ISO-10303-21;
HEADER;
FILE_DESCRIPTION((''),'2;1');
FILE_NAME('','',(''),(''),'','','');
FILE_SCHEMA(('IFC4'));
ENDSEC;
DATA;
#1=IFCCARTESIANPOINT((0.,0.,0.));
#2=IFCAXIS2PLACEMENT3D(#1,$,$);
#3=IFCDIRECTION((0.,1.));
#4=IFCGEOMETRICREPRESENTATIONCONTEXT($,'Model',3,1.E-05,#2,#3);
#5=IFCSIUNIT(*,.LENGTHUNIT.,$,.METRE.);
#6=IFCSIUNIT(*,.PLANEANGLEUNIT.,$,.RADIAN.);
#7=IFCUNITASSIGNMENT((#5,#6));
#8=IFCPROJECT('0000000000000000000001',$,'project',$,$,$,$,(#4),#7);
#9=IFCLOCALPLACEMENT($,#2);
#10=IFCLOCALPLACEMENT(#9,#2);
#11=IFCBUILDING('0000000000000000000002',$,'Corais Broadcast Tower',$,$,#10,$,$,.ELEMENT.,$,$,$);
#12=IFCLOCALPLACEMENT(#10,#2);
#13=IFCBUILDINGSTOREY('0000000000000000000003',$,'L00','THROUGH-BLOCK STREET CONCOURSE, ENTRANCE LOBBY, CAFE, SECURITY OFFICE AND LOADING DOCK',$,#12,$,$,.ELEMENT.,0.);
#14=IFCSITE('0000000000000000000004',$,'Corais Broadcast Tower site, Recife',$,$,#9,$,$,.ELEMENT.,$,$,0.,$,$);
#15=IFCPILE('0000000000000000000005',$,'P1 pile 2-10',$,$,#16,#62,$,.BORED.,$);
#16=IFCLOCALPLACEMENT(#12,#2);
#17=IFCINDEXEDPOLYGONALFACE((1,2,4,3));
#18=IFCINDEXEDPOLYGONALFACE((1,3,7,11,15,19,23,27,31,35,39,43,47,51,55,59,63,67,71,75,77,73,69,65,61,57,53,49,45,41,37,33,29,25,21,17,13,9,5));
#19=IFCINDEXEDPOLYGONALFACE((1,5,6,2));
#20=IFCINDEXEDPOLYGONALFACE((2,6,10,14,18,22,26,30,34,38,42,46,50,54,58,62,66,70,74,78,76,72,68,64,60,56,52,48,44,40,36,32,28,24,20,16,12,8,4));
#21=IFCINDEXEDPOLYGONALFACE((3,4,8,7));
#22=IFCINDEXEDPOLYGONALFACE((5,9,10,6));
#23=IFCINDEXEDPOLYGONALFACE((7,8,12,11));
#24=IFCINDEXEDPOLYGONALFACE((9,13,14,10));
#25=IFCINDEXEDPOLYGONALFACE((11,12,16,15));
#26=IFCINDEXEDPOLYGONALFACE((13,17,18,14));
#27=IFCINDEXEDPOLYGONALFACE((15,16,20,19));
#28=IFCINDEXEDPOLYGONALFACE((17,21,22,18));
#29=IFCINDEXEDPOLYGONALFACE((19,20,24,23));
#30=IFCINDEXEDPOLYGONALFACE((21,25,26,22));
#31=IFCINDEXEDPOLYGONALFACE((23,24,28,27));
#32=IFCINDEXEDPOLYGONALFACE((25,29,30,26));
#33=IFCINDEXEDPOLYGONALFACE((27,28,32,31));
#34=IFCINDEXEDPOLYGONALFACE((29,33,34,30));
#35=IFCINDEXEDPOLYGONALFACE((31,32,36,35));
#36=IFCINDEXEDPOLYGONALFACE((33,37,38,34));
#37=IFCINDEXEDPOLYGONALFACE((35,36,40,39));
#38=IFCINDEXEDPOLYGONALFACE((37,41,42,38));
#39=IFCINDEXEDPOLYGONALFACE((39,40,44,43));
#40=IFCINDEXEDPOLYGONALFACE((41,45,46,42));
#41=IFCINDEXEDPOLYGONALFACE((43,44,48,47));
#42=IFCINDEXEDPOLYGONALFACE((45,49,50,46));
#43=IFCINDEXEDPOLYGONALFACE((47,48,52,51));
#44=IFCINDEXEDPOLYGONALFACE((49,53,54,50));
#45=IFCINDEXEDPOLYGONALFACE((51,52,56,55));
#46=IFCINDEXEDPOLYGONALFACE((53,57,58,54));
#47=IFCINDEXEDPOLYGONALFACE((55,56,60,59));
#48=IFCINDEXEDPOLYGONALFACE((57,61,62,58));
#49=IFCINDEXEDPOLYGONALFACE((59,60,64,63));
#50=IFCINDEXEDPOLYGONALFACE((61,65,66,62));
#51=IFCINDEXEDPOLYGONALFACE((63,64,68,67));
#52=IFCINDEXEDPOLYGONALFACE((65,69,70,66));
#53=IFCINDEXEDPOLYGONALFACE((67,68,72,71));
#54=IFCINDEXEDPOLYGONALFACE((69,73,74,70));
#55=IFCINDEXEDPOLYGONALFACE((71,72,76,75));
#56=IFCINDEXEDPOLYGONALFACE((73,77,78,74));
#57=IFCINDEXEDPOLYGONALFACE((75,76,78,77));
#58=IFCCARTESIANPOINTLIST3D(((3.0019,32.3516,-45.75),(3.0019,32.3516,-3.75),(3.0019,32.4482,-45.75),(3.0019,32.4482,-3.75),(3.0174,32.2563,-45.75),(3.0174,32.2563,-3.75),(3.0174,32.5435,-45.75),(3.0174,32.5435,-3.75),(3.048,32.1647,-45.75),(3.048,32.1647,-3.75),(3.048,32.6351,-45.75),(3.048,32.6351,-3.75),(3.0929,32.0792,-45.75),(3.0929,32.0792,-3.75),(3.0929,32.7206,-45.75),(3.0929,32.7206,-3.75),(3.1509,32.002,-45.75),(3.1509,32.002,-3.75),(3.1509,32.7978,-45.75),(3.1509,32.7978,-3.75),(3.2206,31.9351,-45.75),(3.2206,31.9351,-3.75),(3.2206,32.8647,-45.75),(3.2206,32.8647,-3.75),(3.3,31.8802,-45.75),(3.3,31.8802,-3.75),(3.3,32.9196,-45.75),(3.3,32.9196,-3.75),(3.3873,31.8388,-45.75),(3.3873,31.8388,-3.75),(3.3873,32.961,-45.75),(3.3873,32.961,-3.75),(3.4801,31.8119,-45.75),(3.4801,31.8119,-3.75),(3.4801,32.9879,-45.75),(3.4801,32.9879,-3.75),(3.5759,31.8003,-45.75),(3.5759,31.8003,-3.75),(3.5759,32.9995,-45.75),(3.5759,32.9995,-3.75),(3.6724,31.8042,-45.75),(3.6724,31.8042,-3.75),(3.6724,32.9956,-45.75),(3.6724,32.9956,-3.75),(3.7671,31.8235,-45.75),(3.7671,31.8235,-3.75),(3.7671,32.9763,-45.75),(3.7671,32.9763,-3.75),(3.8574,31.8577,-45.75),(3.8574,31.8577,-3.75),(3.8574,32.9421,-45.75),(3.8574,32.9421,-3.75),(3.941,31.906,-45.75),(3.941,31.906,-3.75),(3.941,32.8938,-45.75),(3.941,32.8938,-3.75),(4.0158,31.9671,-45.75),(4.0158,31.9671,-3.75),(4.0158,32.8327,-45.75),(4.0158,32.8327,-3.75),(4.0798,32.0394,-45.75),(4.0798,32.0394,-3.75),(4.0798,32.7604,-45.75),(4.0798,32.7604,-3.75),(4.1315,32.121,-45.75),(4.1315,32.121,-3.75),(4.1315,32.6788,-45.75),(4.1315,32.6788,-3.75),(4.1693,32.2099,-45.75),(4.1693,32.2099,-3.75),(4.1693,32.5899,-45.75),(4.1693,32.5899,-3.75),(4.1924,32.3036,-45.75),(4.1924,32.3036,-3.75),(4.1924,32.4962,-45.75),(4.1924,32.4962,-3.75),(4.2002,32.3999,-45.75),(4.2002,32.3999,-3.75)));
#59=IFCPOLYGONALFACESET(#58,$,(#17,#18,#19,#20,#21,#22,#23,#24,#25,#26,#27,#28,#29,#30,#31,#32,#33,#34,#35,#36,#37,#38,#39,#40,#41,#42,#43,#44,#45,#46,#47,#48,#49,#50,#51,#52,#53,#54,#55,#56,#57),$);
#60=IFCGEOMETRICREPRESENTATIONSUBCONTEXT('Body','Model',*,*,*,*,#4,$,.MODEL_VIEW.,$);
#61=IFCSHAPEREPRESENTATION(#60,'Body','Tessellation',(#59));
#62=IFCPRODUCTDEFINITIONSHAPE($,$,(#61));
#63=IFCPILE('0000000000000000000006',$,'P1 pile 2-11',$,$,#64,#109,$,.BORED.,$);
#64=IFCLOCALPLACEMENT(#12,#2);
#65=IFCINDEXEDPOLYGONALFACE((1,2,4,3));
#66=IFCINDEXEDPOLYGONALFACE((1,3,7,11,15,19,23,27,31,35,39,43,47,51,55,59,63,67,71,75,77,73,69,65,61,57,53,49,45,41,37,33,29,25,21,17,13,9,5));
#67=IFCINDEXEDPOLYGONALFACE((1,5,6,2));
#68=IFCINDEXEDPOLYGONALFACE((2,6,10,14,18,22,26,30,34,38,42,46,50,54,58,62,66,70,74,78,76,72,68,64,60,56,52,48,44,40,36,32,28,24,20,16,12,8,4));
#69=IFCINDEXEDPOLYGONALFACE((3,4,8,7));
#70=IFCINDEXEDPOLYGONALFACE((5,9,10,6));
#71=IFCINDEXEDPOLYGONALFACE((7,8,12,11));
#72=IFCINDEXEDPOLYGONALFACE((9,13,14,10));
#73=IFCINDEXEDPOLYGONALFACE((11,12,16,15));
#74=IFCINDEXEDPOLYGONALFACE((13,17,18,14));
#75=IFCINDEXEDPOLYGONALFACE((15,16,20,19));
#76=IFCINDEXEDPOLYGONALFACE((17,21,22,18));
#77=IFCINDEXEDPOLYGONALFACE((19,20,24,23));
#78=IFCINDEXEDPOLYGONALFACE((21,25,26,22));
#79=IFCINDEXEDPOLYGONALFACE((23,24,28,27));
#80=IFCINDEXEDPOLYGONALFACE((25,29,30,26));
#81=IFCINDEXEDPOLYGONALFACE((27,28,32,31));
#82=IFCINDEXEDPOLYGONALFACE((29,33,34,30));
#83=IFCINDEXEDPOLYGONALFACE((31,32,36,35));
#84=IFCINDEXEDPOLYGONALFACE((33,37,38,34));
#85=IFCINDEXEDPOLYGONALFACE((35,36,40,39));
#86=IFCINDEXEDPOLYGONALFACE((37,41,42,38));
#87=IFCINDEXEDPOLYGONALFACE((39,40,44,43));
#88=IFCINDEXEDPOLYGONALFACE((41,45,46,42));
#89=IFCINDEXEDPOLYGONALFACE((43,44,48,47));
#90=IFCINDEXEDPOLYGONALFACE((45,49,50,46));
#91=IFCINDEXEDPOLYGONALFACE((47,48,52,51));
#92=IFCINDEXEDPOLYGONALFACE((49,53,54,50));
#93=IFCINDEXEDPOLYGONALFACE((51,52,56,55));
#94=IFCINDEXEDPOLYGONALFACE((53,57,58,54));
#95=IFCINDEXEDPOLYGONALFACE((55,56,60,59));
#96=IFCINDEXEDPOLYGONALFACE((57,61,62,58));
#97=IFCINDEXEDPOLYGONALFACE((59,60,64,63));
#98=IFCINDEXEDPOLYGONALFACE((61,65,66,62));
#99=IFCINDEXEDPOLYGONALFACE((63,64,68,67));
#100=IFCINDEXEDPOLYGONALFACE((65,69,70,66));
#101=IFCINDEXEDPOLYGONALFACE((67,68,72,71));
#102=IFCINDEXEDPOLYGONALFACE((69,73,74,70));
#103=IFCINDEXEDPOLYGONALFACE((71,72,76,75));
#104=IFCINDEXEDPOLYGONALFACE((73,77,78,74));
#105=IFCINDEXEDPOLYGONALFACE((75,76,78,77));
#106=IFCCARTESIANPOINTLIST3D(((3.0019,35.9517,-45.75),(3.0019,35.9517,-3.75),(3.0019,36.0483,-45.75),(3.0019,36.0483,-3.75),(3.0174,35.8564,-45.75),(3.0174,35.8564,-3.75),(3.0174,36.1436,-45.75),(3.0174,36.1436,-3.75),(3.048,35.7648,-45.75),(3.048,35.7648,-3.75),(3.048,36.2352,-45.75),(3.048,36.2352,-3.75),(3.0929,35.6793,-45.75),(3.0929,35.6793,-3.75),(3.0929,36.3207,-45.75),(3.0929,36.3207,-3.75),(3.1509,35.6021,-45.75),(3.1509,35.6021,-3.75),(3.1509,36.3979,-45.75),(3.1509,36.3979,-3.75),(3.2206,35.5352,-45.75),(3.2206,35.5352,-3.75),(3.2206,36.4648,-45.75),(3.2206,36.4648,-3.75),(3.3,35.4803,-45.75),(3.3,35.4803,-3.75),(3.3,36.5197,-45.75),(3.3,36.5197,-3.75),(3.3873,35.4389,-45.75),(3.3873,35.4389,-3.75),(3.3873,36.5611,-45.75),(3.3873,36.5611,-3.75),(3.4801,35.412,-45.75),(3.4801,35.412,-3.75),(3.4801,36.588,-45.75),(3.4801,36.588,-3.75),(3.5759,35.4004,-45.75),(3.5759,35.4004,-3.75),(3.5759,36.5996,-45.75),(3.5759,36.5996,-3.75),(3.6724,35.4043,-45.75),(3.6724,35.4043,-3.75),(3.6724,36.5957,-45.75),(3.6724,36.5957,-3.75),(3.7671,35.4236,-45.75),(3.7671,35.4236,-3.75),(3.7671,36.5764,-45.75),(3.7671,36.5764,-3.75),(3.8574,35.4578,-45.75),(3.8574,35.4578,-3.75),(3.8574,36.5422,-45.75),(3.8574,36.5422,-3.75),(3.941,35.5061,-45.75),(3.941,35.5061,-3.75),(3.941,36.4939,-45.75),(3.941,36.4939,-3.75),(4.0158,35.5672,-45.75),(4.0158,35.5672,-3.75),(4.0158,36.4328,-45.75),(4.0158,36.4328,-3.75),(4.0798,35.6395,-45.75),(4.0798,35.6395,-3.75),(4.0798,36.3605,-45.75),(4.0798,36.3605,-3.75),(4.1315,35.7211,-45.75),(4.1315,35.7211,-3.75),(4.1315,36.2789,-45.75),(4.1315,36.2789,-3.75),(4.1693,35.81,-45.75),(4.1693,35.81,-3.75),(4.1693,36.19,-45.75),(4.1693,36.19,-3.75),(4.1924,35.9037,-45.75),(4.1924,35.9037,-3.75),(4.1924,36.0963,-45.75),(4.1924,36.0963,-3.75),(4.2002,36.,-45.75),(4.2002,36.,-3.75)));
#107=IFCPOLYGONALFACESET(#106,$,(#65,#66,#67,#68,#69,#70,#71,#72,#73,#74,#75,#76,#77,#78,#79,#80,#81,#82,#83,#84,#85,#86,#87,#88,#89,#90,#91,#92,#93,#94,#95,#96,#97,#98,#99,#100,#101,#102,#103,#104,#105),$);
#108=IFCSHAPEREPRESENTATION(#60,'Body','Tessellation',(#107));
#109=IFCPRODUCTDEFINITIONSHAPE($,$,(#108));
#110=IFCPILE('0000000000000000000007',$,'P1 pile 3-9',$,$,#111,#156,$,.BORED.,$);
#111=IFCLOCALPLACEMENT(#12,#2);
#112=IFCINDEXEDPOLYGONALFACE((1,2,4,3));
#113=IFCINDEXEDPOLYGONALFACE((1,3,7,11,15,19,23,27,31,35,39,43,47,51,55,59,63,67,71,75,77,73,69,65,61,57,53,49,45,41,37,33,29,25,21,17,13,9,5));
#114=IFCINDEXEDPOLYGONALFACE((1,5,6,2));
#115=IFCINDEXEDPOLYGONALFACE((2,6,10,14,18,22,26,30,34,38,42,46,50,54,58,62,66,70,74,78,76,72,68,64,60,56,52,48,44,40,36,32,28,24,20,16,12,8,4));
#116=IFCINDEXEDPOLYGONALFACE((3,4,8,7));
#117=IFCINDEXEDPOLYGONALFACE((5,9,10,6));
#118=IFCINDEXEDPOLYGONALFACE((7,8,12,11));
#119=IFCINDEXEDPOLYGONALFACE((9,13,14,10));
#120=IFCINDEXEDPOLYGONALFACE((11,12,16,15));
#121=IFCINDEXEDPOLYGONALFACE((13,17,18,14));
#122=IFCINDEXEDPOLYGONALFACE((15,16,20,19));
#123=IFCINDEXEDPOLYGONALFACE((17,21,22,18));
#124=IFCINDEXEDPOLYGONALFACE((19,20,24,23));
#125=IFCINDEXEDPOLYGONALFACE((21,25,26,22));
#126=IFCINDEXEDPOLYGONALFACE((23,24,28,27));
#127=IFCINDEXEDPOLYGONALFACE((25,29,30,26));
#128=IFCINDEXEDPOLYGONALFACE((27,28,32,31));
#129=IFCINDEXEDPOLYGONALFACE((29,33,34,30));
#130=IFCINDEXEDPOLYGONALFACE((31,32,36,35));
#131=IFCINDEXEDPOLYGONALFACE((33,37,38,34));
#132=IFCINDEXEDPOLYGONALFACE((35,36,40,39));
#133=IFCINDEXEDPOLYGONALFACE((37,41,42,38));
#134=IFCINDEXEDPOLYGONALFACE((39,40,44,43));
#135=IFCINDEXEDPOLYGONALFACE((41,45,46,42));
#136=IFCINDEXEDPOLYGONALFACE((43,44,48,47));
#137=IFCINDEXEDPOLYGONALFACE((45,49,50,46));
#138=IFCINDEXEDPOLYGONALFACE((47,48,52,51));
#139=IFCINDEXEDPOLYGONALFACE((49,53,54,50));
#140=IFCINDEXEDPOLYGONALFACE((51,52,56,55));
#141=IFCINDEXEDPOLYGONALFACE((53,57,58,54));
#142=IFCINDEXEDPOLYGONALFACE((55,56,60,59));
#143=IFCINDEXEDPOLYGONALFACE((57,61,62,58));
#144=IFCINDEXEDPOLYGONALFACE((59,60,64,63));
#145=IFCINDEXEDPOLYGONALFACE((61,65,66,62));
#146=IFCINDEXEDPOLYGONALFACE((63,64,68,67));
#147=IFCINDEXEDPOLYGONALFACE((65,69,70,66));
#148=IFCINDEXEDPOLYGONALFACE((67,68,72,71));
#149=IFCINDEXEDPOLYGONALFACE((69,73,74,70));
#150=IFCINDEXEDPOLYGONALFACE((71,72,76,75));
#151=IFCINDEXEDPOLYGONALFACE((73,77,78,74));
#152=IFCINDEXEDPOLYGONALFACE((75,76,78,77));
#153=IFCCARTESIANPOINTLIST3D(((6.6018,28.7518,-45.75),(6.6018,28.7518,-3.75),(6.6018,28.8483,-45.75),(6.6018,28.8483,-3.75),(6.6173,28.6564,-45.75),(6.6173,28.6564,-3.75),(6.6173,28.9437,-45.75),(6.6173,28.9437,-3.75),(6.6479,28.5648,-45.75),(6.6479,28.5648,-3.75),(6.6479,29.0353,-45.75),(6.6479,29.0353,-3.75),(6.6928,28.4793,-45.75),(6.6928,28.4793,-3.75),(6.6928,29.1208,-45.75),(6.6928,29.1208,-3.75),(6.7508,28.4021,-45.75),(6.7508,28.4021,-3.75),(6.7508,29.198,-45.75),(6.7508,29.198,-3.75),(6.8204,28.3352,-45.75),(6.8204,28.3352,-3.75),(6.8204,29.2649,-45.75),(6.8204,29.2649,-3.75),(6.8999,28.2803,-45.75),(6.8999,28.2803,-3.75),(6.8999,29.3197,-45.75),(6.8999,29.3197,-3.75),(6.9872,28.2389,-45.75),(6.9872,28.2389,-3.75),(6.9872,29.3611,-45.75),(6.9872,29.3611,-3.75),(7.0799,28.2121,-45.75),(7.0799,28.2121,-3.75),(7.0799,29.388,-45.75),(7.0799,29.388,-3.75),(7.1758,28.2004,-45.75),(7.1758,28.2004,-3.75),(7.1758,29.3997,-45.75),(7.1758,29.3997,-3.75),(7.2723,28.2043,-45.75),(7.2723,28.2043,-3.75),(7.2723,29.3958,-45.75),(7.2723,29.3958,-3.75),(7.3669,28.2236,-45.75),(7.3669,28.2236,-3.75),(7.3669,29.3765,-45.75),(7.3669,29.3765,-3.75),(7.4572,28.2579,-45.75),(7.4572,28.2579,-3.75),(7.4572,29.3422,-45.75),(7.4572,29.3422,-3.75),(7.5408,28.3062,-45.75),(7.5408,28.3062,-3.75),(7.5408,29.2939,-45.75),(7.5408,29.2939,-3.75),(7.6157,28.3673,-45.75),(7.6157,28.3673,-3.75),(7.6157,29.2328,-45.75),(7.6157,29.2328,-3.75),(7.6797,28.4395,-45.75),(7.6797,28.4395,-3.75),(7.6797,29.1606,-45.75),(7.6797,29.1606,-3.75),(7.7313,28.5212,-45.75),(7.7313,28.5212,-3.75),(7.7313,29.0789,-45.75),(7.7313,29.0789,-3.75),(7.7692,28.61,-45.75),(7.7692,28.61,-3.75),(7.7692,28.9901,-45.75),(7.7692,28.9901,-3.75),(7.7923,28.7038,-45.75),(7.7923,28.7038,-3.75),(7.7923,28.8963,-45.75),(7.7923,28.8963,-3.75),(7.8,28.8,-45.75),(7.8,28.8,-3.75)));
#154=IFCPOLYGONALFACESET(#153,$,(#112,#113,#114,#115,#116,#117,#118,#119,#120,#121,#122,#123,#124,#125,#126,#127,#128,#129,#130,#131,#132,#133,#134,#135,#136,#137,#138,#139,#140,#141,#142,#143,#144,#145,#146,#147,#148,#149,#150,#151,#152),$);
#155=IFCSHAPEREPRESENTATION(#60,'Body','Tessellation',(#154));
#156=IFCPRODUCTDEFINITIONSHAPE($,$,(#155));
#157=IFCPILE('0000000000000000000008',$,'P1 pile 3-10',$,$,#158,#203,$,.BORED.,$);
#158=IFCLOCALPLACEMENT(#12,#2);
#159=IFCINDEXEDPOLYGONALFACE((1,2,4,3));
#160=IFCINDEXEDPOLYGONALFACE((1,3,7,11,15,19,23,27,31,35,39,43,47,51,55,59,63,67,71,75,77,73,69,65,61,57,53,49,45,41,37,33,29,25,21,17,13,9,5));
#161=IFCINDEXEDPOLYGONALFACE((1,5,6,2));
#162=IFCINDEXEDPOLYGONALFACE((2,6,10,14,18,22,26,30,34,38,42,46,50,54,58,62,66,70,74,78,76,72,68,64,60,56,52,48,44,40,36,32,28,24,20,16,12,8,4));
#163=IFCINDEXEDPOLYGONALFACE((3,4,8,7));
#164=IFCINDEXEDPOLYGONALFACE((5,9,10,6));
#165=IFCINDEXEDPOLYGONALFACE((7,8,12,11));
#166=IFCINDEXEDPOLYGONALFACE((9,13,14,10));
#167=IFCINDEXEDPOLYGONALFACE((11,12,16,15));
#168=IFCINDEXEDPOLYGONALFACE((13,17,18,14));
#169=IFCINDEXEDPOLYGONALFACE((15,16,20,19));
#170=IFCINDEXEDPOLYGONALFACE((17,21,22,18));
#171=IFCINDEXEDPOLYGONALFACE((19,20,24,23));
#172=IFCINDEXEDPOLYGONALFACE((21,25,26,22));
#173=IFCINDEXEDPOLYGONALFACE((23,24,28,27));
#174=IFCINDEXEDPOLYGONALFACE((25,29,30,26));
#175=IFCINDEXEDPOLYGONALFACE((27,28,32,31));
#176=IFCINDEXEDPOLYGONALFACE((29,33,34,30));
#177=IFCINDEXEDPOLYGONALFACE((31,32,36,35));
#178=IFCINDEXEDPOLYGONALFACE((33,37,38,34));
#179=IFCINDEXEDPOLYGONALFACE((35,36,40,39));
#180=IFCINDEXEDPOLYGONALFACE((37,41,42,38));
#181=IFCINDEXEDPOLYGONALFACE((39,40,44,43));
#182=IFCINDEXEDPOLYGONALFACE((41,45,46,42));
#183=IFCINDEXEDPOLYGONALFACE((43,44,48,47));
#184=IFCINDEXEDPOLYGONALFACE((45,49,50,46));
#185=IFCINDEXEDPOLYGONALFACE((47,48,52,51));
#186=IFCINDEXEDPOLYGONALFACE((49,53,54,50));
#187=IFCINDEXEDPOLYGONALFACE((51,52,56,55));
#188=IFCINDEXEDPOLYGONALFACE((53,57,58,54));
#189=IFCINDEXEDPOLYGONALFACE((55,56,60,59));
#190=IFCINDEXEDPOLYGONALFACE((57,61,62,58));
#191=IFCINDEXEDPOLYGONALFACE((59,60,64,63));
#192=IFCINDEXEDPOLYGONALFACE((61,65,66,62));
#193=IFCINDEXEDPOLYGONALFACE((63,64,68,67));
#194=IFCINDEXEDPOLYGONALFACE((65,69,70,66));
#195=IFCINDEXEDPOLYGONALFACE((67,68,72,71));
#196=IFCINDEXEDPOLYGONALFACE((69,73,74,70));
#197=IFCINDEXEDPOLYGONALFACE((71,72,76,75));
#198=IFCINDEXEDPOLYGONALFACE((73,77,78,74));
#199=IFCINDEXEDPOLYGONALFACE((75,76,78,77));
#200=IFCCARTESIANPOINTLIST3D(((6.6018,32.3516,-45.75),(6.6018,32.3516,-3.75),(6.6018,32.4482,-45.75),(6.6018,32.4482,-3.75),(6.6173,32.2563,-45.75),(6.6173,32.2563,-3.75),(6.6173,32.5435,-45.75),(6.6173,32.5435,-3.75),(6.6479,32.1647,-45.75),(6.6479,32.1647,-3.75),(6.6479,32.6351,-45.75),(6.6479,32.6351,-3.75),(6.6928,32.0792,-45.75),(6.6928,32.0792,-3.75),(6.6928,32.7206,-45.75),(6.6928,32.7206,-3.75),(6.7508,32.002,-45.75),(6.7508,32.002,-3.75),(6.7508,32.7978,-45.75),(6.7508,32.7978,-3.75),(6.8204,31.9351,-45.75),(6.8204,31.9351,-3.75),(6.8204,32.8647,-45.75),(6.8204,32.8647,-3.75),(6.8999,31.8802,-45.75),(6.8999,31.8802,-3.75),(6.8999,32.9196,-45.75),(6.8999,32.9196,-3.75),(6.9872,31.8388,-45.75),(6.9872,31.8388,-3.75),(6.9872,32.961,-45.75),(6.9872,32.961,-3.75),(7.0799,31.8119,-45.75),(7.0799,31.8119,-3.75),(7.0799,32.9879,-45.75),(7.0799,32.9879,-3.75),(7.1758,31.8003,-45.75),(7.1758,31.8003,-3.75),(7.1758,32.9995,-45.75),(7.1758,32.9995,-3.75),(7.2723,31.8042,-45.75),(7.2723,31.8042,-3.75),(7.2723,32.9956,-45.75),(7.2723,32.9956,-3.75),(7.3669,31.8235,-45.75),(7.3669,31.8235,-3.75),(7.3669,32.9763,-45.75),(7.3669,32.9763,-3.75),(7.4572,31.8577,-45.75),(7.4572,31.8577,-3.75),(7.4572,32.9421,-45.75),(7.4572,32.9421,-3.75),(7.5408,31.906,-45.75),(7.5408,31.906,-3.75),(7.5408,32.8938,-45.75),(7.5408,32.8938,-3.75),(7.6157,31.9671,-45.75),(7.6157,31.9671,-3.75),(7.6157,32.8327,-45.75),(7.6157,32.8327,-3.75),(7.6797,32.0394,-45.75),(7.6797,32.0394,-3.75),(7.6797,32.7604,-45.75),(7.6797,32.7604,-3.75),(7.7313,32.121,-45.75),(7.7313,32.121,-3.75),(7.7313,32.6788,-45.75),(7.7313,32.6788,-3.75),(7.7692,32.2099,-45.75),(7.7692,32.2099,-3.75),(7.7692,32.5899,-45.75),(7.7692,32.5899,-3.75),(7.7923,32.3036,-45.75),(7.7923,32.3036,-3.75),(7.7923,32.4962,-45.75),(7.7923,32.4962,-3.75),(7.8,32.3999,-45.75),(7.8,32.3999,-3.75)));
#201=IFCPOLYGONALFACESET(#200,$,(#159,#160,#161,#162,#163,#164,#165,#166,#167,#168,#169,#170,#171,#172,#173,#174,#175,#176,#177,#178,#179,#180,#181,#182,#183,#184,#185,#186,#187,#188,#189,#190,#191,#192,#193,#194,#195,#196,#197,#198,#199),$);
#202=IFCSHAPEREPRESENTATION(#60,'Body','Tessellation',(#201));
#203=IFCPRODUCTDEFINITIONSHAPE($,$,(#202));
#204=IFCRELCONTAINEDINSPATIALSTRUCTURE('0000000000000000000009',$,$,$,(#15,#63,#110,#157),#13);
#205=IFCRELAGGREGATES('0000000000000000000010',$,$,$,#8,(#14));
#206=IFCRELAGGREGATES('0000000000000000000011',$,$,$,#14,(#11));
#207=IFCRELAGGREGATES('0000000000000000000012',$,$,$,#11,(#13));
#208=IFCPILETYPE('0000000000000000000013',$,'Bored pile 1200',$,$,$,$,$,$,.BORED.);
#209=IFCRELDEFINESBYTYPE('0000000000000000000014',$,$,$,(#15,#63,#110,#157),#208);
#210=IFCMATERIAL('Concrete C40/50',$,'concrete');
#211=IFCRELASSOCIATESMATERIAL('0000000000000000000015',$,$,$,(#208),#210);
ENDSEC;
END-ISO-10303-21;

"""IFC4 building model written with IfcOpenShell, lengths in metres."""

from ifc_helpers import new_model, si_unit, direction, frame, origin, origin_2d, place, context, subcontext, project, spatial, circle, extrude, material, type_object, element, save


model = new_model("IFC4")

# Units and contexts
model_context = context("Model", 3, precision=1e-05, world=origin(), true_north=direction((0.0, 1.0)))
body_context = subcontext(model_context, "Body", "Model", "MODEL_VIEW")
ifc_project = project(units=[si_unit("LENGTHUNIT", "METRE"), si_unit("PLANEANGLEUNIT", "RADIAN")], contexts=[model_context])

# Site, building, storey
site_placement = place(None, origin())
site = spatial("IfcSite", under=ifc_project, at=site_placement, Name="Corais Broadcast Tower site, Recife", CompositionType="ELEMENT", RefElevation=0.0)
building_placement = place(site_placement, origin())
building = spatial("IfcBuilding", under=site, at=building_placement, Name="Corais Broadcast Tower", CompositionType="ELEMENT")
storey_placement = place(building_placement, origin())
storey = spatial("IfcBuildingStorey", under=building, at=storey_placement, Name="L00", Description="THROUGH-BLOCK STREET CONCOURSE, ENTRANCE LOBBY, CAFE, SECURITY OFFICE AND LOADING DOCK", CompositionType="ELEMENT", Elevation=0.0)

# Piles
ifc_material_1 = material(Name="Concrete C40/50", Category="concrete")
pile_type = type_object("IfcPileType", Name="Bored pile 1200", PredefinedType="BORED", material=ifc_material_1)
for number, where, z_axis, x_axis, name in (
    (1, (3.6001, 32.3999, -3.75), (0.0, 0.0, -1.0), (1.0, 0.0, 0.0), "P1 pile 2-10"),
    (2, (3.6001, 36.0, -3.75), (0.0, 0.0, -1.0), (1.0, 0.0, 0.0), "P1 pile 2-11"),
    (3, (7.2, 28.8, -3.75), (0.0, 0.0, -1.0), (1.0, 0.0, 0.0), "P1 pile 3-9"),
    (4, (7.2, 32.3999, -3.75), (0.0, 0.0, -1.0), (1.0, 0.0, 0.0), "P1 pile 3-10"),
):
    element("IfcPile", number, at=place(storey_placement, frame(where, z_axis=z_axis, x_axis=x_axis)), inside=storey, type_object=pile_type, Name=name, PredefinedType="BORED", context=body_context, shape_type="SweptSolid", body=[
        extrude(circle(Radius=0.6001, at=origin_2d()), origin(), (0.0, 0.0, 1.0), 42.0),
    ])

save(model, "model.ifc")
